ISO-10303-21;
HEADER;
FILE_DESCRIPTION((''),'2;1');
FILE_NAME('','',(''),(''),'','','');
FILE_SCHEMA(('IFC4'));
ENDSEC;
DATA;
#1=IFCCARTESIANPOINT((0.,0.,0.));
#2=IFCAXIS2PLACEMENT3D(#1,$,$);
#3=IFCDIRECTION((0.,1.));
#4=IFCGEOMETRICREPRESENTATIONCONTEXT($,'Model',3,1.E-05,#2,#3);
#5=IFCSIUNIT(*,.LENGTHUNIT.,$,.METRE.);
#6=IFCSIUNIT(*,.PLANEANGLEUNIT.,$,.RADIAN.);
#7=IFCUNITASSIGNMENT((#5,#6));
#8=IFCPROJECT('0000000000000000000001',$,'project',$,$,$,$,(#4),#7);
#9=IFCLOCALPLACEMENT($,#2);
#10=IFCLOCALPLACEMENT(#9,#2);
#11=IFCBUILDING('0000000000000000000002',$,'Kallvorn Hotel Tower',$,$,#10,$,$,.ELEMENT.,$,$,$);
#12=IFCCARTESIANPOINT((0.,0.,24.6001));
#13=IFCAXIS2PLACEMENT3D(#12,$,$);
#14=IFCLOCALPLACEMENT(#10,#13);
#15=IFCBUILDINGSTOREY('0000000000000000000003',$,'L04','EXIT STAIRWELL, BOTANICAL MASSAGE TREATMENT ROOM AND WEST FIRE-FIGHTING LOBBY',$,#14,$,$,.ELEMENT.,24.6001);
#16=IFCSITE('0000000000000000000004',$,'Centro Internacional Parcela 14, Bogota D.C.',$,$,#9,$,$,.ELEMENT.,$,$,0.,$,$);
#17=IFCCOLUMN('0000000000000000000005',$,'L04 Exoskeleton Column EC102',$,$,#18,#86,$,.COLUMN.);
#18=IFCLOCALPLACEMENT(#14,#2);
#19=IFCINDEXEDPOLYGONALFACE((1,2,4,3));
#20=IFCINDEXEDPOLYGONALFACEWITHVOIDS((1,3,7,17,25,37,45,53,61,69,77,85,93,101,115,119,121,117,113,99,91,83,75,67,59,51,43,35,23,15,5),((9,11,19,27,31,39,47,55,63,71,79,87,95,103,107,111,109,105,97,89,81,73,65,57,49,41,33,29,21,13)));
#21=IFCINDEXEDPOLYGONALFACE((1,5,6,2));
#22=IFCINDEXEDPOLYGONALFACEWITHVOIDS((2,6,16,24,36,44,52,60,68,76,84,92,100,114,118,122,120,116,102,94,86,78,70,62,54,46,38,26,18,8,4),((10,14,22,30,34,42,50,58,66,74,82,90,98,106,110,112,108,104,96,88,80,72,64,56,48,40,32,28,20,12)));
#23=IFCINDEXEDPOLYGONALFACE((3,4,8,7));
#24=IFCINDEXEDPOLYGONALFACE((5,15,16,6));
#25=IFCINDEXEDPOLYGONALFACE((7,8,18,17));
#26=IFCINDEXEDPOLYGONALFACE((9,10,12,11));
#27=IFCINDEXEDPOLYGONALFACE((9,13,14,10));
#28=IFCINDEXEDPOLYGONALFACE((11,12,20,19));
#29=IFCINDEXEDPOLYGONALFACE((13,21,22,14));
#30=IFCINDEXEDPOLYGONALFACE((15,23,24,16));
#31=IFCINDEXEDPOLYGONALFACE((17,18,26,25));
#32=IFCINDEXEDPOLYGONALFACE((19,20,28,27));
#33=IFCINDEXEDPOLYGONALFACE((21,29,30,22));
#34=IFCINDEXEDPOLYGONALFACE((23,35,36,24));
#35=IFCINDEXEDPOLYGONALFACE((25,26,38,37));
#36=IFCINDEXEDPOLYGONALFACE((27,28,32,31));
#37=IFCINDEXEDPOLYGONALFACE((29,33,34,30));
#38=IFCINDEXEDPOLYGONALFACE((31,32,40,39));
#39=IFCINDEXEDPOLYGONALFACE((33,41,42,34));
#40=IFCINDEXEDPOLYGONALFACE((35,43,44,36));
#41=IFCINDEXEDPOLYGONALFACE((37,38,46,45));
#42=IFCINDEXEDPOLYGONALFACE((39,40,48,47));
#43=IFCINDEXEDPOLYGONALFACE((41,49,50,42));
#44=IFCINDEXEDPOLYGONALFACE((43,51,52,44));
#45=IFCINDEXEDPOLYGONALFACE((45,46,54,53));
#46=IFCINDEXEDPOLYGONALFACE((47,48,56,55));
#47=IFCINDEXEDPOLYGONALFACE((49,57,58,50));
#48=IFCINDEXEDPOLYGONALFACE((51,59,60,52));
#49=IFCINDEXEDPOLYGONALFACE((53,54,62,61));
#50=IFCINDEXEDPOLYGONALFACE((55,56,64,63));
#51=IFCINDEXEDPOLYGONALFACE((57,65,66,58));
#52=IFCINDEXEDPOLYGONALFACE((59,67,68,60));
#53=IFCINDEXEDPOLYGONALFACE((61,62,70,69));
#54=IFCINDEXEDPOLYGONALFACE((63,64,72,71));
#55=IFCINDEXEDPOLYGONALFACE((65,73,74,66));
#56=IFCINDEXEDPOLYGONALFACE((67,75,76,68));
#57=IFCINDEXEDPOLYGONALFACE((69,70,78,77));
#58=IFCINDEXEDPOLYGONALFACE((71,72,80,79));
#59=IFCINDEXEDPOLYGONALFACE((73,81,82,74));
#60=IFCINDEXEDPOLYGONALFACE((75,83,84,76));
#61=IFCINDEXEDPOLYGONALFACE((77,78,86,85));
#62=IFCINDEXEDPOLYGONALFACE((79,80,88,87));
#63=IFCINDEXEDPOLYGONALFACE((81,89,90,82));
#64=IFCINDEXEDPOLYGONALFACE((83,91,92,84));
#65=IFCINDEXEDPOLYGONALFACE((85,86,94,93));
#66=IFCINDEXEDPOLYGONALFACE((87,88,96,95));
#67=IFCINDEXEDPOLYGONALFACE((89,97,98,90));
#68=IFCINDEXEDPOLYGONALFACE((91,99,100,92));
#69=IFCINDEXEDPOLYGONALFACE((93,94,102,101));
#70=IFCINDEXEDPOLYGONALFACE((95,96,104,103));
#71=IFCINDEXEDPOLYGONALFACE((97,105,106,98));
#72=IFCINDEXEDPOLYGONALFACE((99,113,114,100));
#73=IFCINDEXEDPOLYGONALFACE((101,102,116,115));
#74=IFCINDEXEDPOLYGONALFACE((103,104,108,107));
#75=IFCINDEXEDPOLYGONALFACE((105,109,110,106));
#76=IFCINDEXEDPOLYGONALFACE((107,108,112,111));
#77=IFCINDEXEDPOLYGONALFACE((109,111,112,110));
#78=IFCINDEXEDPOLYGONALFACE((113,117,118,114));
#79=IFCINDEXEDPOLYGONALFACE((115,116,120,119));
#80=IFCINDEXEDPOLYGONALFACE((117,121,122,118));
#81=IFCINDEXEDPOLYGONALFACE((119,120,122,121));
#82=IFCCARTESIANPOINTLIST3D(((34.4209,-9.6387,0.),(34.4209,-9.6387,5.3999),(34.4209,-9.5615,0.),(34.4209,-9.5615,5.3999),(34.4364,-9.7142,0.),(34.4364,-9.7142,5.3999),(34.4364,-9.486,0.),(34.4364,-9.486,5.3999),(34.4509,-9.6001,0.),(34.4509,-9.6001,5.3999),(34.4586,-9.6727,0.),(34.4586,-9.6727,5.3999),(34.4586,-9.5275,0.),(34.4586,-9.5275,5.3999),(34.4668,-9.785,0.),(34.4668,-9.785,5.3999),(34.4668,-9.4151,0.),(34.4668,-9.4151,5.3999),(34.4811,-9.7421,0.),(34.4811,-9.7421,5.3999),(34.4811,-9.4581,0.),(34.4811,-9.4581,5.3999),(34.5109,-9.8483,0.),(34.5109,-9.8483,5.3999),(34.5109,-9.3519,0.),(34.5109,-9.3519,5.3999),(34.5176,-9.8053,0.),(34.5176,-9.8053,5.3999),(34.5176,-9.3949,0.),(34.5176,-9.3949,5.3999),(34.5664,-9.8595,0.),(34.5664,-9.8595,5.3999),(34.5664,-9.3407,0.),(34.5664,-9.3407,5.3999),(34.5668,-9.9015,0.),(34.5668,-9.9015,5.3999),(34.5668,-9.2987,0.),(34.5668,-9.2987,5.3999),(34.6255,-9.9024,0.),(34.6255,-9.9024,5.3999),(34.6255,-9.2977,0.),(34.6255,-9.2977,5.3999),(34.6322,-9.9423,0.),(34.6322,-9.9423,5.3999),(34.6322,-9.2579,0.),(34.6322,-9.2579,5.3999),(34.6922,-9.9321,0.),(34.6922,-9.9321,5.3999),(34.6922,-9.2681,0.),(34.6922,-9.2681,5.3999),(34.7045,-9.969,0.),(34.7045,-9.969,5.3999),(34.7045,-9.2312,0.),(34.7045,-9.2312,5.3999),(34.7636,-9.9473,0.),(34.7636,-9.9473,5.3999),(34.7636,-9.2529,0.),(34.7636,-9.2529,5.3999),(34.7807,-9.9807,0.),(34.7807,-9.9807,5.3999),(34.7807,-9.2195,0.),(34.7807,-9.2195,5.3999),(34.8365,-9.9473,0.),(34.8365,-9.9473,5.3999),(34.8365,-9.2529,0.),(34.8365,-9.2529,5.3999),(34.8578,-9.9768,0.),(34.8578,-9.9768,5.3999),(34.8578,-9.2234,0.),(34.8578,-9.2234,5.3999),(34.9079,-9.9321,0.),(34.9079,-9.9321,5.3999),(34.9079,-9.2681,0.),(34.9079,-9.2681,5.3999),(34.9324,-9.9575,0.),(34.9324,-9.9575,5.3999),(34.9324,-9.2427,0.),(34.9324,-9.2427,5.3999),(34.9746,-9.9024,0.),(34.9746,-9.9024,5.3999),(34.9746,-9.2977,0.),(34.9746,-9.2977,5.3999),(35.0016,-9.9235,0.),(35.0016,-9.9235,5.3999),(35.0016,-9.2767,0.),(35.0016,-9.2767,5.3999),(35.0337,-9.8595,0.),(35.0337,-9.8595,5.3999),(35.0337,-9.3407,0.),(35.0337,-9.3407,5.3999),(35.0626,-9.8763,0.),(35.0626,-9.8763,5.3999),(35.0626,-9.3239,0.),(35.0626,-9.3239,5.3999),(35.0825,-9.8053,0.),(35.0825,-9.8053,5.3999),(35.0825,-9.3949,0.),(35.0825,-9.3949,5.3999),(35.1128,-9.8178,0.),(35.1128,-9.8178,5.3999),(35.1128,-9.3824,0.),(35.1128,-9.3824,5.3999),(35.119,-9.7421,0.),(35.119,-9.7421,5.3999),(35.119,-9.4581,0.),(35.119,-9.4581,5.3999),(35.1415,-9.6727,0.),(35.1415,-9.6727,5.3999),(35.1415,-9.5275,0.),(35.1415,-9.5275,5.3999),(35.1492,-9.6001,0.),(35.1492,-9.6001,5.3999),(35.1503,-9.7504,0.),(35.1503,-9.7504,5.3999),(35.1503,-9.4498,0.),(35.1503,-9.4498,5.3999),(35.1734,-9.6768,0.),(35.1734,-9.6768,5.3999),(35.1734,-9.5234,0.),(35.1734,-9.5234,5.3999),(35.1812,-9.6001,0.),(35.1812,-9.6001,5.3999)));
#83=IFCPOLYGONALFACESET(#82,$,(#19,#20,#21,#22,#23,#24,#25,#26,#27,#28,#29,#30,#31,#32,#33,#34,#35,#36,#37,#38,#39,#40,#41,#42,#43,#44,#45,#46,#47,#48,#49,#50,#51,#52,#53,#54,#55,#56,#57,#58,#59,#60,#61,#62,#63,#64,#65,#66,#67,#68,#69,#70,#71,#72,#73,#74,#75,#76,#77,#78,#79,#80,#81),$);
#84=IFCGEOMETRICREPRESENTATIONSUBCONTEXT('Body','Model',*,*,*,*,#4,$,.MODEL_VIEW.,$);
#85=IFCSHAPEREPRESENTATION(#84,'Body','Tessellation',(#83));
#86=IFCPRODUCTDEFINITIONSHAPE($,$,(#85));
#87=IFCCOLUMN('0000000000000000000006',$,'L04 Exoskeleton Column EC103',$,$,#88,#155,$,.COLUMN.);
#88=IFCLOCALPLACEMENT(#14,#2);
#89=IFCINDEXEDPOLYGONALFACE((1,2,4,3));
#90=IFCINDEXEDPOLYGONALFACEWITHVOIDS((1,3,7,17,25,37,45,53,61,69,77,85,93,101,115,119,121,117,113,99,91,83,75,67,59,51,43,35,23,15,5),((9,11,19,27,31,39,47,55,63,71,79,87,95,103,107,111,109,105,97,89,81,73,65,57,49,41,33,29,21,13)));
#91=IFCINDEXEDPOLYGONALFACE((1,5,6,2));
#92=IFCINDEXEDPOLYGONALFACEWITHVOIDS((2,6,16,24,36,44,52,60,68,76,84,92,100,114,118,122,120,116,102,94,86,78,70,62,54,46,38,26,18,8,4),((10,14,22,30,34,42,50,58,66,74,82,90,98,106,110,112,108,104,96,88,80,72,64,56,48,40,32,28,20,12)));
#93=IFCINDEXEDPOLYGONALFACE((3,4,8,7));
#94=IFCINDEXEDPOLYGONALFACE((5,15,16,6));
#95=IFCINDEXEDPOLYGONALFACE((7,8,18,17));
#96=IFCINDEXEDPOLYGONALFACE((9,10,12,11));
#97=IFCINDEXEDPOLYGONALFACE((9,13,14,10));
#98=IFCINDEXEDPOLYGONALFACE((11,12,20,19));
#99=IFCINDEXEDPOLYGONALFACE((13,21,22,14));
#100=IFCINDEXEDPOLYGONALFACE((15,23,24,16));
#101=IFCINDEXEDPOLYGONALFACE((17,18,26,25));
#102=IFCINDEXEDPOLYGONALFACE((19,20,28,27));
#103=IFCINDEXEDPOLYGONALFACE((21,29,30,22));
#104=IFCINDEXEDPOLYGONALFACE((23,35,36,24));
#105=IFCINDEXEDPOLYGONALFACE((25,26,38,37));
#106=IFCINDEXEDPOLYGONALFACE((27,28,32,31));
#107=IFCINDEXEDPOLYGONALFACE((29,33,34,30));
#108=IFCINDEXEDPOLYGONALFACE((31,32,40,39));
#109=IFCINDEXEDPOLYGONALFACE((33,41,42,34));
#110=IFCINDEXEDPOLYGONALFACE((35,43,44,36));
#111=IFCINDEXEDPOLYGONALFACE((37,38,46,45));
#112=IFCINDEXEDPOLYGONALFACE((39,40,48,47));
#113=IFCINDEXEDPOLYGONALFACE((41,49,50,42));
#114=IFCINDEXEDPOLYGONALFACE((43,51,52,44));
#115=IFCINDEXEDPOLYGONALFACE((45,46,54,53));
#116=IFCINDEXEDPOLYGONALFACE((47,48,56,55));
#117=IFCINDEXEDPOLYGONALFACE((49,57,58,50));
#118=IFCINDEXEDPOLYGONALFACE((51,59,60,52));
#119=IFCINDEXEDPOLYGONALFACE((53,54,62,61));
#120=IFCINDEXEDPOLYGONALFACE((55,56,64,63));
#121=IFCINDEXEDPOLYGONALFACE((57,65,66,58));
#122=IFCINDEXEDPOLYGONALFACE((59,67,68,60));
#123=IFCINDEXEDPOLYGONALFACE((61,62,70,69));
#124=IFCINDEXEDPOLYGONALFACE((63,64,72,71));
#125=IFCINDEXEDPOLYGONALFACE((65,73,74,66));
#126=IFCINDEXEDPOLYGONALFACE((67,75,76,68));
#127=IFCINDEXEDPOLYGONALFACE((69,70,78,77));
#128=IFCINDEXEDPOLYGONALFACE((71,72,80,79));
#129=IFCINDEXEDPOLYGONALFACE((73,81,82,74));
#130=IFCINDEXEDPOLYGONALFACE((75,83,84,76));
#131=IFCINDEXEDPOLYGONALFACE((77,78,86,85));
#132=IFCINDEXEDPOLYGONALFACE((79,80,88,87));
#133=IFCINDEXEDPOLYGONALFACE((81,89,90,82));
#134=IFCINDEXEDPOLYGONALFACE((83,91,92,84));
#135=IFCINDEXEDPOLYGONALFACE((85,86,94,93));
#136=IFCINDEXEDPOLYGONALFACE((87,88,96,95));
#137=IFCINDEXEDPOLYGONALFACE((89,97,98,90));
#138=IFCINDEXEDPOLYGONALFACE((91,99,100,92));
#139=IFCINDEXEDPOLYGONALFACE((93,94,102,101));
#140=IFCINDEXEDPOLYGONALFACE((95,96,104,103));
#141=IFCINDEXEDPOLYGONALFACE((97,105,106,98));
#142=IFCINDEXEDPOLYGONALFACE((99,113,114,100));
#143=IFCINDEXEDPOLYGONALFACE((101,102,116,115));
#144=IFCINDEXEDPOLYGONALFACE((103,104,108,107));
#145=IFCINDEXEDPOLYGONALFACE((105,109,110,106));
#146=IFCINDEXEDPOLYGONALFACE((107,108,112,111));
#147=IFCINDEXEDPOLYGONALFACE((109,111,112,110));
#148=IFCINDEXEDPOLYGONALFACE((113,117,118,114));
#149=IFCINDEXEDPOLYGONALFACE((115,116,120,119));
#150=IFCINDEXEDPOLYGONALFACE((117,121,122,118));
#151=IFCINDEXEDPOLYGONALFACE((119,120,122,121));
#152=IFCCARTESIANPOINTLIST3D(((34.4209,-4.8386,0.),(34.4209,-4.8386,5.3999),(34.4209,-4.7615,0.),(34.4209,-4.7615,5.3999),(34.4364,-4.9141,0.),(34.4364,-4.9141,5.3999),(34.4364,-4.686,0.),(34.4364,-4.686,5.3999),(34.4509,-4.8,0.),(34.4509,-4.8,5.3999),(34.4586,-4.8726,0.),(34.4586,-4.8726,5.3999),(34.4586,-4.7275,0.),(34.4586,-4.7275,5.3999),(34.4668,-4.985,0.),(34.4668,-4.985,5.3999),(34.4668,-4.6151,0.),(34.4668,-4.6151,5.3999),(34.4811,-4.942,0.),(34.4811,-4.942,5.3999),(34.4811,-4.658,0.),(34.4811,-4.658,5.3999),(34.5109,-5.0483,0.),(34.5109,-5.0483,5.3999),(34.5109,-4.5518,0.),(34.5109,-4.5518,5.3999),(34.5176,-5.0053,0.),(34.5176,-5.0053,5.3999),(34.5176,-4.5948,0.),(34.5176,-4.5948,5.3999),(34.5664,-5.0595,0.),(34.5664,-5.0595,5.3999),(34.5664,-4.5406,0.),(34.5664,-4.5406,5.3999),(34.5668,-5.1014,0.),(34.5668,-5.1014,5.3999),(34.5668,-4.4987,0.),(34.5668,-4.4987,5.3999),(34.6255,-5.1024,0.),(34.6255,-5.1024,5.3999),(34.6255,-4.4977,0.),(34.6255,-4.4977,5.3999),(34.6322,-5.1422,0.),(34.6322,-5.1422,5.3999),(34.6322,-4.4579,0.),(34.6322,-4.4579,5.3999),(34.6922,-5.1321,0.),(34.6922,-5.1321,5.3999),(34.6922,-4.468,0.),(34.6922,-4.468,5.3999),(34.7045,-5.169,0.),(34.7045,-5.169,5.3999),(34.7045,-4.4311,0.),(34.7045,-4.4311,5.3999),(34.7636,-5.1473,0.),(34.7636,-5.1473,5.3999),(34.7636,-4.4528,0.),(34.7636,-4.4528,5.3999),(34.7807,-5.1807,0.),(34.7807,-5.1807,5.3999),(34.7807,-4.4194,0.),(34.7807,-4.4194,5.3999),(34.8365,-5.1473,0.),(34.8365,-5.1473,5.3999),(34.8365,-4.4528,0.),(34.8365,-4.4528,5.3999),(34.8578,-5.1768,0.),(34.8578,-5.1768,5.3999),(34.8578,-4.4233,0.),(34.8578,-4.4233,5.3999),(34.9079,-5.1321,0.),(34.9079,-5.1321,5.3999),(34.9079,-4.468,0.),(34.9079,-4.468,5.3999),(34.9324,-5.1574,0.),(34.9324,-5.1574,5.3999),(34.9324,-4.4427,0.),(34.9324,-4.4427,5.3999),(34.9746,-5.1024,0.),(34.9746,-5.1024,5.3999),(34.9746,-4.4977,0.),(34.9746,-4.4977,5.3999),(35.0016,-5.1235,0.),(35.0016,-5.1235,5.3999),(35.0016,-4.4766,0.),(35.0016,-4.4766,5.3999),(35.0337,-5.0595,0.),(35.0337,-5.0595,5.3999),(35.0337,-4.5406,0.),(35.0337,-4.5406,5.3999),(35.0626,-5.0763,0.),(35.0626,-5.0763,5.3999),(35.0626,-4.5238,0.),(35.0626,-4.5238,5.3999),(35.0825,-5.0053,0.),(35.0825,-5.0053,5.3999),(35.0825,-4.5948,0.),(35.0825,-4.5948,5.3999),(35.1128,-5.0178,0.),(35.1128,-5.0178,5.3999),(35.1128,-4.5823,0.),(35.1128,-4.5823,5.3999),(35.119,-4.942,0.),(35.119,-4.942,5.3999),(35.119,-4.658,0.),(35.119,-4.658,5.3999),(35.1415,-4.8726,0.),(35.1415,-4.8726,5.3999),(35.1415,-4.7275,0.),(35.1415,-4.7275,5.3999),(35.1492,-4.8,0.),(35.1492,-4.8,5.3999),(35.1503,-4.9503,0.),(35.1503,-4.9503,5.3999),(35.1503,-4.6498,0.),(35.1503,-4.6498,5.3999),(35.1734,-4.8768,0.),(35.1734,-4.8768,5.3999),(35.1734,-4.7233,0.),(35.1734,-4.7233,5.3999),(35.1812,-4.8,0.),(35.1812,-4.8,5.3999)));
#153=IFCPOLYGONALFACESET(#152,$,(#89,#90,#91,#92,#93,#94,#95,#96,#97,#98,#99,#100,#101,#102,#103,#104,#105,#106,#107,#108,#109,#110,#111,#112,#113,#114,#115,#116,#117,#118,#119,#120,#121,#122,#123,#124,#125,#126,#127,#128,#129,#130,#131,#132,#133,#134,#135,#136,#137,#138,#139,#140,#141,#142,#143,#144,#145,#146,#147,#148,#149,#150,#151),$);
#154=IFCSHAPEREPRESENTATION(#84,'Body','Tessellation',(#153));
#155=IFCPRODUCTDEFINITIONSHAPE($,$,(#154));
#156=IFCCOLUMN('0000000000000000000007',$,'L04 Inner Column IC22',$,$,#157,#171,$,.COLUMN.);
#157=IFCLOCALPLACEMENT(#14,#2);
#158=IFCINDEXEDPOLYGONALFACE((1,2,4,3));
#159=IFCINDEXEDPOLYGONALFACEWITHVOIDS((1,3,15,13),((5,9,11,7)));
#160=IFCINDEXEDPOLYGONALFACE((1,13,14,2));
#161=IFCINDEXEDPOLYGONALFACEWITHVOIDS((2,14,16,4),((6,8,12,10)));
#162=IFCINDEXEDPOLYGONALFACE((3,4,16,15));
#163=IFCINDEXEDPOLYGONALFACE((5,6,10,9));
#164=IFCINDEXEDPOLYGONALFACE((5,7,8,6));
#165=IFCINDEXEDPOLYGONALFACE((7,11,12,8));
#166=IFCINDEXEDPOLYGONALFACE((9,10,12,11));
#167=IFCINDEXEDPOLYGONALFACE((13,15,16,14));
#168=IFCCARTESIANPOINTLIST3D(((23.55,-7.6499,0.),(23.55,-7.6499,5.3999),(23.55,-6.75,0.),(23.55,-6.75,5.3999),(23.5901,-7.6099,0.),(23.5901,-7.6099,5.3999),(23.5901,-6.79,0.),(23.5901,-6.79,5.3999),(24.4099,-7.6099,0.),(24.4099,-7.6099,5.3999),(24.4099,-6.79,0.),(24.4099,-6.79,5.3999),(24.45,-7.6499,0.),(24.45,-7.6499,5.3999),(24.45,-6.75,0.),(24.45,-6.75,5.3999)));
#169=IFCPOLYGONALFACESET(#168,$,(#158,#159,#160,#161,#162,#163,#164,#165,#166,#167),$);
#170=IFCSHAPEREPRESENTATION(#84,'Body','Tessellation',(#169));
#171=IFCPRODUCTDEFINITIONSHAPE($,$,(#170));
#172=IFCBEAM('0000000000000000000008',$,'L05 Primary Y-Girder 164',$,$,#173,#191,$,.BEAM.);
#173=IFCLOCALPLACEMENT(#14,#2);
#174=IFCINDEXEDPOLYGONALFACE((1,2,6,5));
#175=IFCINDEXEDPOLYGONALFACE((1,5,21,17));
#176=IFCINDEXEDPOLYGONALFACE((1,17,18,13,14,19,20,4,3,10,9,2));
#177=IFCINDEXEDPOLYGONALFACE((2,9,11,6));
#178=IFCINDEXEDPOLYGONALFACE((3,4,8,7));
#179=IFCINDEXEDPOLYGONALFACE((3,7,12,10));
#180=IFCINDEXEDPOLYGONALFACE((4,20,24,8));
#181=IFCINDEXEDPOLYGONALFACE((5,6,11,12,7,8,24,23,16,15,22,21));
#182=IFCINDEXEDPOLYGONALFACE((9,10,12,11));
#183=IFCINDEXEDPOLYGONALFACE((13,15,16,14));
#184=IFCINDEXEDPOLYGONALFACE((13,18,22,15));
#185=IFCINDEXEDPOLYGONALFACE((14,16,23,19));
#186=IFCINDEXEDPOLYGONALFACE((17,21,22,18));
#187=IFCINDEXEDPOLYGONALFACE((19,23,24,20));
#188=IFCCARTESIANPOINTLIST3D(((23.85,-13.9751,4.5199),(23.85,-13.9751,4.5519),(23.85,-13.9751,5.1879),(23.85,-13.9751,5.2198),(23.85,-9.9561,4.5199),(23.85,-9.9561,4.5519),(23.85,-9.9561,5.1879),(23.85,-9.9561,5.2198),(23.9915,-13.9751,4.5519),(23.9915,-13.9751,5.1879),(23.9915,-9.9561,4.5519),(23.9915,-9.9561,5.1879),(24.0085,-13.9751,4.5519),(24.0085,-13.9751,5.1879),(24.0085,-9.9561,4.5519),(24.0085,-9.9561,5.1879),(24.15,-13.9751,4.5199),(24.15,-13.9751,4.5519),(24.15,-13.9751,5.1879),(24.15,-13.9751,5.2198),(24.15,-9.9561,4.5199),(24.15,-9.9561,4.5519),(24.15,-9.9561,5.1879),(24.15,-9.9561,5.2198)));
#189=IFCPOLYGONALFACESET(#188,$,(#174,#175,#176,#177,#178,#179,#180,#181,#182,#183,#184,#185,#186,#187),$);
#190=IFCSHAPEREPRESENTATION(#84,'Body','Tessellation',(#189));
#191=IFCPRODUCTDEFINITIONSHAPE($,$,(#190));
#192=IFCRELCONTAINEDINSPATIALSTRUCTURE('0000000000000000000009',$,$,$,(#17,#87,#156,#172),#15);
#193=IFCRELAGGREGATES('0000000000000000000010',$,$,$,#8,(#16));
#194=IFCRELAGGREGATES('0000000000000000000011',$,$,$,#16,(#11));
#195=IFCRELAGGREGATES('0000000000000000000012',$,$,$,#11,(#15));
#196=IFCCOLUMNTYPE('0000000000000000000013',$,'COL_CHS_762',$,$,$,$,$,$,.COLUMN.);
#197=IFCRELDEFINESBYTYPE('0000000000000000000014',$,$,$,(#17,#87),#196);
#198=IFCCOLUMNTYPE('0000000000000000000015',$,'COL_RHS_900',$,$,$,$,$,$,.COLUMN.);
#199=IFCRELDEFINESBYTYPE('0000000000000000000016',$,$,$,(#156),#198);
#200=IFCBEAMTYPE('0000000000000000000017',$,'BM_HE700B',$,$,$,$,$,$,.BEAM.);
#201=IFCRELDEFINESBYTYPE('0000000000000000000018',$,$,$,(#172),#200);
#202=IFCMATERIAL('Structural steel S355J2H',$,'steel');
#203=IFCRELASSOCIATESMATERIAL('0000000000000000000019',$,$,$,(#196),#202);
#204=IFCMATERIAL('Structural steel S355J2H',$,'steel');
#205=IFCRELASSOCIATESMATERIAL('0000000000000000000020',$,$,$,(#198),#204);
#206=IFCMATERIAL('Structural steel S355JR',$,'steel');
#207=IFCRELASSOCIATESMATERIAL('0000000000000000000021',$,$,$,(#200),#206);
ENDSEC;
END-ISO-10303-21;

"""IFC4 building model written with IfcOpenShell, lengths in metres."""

from ifc_helpers import new_model, si_unit, direction, frame, origin, origin_2d, place, context, subcontext, project, spatial, hollow_rectangle, hollow_circle, i_section, extrude, material, material_profile, profile_set, type_object, element, save


model = new_model("IFC4")

# Units and contexts
model_context = context("Model", 3, precision=1e-05, world=origin(), true_north=direction((0.0, 1.0)))
body_context = subcontext(model_context, "Body", "Model", "MODEL_VIEW")
ifc_project = project(units=[si_unit("LENGTHUNIT", "METRE"), si_unit("PLANEANGLEUNIT", "RADIAN")], contexts=[model_context])

# Site, building, storey
site_placement = place(None, origin())
site = spatial("IfcSite", under=ifc_project, at=site_placement, Name="Centro Internacional Parcela 14, Bogota D.C.", CompositionType="ELEMENT", RefElevation=0.0)
building_placement = place(site_placement, origin())
building = spatial("IfcBuilding", under=site, at=building_placement, Name="Kallvorn Hotel Tower", CompositionType="ELEMENT")
storey_placement = place(building_placement, frame((0.0, 0.0, 24.6001)))
storey = spatial("IfcBuildingStorey", under=building, at=storey_placement, Name="L04", Description="EXIT STAIRWELL, BOTANICAL MASSAGE TREATMENT ROOM AND WEST FIRE-FIGHTING LOBBY", CompositionType="ELEMENT", Elevation=24.6001)

# Columns
ifc_material_1 = material(Name="Structural steel S355J2H", Category="steel")
ifc_material_profile_1 = material_profile(ifc_material_1, hollow_circle(Radius=0.3811, WallThickness=0.032, at=origin_2d()), Name="CHS 762x32")
ifc_profile_set_1 = profile_set([ifc_material_profile_1], Name="Structural steel S355J2H")
column_type_1 = type_object("IfcColumnType", Name="COL_CHS_762", PredefinedType="COLUMN", material=ifc_profile_set_1)
for number, where, z_axis, x_axis, name in (
    (1, (34.8, -9.6001, 0.0), (0.0, 0.0, 1.0), (1.0, 0.0, 0.0), "L04 Exoskeleton Column EC102"),
    (2, (34.8, -4.8, 0.0), (0.0, 0.0, 1.0), (1.0, 0.0, 0.0), "L04 Exoskeleton Column EC103"),
):
    element("IfcColumn", number, at=place(storey_placement, frame(where, z_axis=z_axis, x_axis=x_axis)), inside=storey, type_object=column_type_1, Name=name, PredefinedType="COLUMN", context=body_context, shape_type="SweptSolid", body=[
        extrude(hollow_circle(Radius=0.3811, WallThickness=0.032, at=origin_2d()), origin(), (0.0, 0.0, 1.0), 5.3999),
    ])
ifc_material_2 = material(Name="Structural steel S355J2H", Category="steel")
ifc_material_profile_2 = material_profile(ifc_material_2, hollow_rectangle(XDim=0.8999, YDim=0.8999, WallThickness=0.04, at=origin_2d()), Name="RHS 900x900x40")
ifc_profile_set_2 = profile_set([ifc_material_profile_2], Name="Structural steel S355J2H")
column_type_2 = type_object("IfcColumnType", Name="COL_RHS_900", PredefinedType="COLUMN", material=ifc_profile_set_2)
column_placement = place(storey_placement, frame((24.0, -7.2, 0.0), z_axis=(0.0, 0.0, 1.0), x_axis=(1.0, 0.0, 0.0)))
element("IfcColumn", 3, at=column_placement, inside=storey, type_object=column_type_2, Name="L04 Inner Column IC22", PredefinedType="COLUMN", context=body_context, shape_type="SweptSolid", body=[
    extrude(hollow_rectangle(XDim=0.8999, YDim=0.8999, WallThickness=0.04, at=origin_2d()), origin(), (0.0, 0.0, 1.0), 5.3999),
])

# Beam
ifc_material_3 = material(Name="Structural steel S355JR", Category="steel")
ifc_material_profile_3 = material_profile(ifc_material_3, i_section(OverallWidth=0.3, OverallDepth=0.7, WebThickness=0.0171, FlangeThickness=0.032, at=origin_2d()), Name="HE 700 B")
ifc_profile_set_3 = profile_set([ifc_material_profile_3], Name="Structural steel S355JR")
beam_type_1 = type_object("IfcBeamType", Name="BM_HE700B", PredefinedType="BEAM", material=ifc_profile_set_3)
beam_1_placement = place(storey_placement, frame((24.0, -13.9751, 4.8699), z_axis=(0.0, 1.0, 0.0), x_axis=(-1.0, 0.0, 0.0)))
element("IfcBeam", 4, at=beam_1_placement, inside=storey, type_object=beam_type_1, Name="L05 Primary Y-Girder 164", PredefinedType="BEAM", context=body_context, shape_type="SweptSolid", body=[
    extrude(i_section(OverallWidth=0.3, OverallDepth=0.7, WebThickness=0.0171, FlangeThickness=0.032, at=origin_2d()), origin(), (0.0, 0.0, 1.0), 4.019),
])

save(model, "model.ifc")
